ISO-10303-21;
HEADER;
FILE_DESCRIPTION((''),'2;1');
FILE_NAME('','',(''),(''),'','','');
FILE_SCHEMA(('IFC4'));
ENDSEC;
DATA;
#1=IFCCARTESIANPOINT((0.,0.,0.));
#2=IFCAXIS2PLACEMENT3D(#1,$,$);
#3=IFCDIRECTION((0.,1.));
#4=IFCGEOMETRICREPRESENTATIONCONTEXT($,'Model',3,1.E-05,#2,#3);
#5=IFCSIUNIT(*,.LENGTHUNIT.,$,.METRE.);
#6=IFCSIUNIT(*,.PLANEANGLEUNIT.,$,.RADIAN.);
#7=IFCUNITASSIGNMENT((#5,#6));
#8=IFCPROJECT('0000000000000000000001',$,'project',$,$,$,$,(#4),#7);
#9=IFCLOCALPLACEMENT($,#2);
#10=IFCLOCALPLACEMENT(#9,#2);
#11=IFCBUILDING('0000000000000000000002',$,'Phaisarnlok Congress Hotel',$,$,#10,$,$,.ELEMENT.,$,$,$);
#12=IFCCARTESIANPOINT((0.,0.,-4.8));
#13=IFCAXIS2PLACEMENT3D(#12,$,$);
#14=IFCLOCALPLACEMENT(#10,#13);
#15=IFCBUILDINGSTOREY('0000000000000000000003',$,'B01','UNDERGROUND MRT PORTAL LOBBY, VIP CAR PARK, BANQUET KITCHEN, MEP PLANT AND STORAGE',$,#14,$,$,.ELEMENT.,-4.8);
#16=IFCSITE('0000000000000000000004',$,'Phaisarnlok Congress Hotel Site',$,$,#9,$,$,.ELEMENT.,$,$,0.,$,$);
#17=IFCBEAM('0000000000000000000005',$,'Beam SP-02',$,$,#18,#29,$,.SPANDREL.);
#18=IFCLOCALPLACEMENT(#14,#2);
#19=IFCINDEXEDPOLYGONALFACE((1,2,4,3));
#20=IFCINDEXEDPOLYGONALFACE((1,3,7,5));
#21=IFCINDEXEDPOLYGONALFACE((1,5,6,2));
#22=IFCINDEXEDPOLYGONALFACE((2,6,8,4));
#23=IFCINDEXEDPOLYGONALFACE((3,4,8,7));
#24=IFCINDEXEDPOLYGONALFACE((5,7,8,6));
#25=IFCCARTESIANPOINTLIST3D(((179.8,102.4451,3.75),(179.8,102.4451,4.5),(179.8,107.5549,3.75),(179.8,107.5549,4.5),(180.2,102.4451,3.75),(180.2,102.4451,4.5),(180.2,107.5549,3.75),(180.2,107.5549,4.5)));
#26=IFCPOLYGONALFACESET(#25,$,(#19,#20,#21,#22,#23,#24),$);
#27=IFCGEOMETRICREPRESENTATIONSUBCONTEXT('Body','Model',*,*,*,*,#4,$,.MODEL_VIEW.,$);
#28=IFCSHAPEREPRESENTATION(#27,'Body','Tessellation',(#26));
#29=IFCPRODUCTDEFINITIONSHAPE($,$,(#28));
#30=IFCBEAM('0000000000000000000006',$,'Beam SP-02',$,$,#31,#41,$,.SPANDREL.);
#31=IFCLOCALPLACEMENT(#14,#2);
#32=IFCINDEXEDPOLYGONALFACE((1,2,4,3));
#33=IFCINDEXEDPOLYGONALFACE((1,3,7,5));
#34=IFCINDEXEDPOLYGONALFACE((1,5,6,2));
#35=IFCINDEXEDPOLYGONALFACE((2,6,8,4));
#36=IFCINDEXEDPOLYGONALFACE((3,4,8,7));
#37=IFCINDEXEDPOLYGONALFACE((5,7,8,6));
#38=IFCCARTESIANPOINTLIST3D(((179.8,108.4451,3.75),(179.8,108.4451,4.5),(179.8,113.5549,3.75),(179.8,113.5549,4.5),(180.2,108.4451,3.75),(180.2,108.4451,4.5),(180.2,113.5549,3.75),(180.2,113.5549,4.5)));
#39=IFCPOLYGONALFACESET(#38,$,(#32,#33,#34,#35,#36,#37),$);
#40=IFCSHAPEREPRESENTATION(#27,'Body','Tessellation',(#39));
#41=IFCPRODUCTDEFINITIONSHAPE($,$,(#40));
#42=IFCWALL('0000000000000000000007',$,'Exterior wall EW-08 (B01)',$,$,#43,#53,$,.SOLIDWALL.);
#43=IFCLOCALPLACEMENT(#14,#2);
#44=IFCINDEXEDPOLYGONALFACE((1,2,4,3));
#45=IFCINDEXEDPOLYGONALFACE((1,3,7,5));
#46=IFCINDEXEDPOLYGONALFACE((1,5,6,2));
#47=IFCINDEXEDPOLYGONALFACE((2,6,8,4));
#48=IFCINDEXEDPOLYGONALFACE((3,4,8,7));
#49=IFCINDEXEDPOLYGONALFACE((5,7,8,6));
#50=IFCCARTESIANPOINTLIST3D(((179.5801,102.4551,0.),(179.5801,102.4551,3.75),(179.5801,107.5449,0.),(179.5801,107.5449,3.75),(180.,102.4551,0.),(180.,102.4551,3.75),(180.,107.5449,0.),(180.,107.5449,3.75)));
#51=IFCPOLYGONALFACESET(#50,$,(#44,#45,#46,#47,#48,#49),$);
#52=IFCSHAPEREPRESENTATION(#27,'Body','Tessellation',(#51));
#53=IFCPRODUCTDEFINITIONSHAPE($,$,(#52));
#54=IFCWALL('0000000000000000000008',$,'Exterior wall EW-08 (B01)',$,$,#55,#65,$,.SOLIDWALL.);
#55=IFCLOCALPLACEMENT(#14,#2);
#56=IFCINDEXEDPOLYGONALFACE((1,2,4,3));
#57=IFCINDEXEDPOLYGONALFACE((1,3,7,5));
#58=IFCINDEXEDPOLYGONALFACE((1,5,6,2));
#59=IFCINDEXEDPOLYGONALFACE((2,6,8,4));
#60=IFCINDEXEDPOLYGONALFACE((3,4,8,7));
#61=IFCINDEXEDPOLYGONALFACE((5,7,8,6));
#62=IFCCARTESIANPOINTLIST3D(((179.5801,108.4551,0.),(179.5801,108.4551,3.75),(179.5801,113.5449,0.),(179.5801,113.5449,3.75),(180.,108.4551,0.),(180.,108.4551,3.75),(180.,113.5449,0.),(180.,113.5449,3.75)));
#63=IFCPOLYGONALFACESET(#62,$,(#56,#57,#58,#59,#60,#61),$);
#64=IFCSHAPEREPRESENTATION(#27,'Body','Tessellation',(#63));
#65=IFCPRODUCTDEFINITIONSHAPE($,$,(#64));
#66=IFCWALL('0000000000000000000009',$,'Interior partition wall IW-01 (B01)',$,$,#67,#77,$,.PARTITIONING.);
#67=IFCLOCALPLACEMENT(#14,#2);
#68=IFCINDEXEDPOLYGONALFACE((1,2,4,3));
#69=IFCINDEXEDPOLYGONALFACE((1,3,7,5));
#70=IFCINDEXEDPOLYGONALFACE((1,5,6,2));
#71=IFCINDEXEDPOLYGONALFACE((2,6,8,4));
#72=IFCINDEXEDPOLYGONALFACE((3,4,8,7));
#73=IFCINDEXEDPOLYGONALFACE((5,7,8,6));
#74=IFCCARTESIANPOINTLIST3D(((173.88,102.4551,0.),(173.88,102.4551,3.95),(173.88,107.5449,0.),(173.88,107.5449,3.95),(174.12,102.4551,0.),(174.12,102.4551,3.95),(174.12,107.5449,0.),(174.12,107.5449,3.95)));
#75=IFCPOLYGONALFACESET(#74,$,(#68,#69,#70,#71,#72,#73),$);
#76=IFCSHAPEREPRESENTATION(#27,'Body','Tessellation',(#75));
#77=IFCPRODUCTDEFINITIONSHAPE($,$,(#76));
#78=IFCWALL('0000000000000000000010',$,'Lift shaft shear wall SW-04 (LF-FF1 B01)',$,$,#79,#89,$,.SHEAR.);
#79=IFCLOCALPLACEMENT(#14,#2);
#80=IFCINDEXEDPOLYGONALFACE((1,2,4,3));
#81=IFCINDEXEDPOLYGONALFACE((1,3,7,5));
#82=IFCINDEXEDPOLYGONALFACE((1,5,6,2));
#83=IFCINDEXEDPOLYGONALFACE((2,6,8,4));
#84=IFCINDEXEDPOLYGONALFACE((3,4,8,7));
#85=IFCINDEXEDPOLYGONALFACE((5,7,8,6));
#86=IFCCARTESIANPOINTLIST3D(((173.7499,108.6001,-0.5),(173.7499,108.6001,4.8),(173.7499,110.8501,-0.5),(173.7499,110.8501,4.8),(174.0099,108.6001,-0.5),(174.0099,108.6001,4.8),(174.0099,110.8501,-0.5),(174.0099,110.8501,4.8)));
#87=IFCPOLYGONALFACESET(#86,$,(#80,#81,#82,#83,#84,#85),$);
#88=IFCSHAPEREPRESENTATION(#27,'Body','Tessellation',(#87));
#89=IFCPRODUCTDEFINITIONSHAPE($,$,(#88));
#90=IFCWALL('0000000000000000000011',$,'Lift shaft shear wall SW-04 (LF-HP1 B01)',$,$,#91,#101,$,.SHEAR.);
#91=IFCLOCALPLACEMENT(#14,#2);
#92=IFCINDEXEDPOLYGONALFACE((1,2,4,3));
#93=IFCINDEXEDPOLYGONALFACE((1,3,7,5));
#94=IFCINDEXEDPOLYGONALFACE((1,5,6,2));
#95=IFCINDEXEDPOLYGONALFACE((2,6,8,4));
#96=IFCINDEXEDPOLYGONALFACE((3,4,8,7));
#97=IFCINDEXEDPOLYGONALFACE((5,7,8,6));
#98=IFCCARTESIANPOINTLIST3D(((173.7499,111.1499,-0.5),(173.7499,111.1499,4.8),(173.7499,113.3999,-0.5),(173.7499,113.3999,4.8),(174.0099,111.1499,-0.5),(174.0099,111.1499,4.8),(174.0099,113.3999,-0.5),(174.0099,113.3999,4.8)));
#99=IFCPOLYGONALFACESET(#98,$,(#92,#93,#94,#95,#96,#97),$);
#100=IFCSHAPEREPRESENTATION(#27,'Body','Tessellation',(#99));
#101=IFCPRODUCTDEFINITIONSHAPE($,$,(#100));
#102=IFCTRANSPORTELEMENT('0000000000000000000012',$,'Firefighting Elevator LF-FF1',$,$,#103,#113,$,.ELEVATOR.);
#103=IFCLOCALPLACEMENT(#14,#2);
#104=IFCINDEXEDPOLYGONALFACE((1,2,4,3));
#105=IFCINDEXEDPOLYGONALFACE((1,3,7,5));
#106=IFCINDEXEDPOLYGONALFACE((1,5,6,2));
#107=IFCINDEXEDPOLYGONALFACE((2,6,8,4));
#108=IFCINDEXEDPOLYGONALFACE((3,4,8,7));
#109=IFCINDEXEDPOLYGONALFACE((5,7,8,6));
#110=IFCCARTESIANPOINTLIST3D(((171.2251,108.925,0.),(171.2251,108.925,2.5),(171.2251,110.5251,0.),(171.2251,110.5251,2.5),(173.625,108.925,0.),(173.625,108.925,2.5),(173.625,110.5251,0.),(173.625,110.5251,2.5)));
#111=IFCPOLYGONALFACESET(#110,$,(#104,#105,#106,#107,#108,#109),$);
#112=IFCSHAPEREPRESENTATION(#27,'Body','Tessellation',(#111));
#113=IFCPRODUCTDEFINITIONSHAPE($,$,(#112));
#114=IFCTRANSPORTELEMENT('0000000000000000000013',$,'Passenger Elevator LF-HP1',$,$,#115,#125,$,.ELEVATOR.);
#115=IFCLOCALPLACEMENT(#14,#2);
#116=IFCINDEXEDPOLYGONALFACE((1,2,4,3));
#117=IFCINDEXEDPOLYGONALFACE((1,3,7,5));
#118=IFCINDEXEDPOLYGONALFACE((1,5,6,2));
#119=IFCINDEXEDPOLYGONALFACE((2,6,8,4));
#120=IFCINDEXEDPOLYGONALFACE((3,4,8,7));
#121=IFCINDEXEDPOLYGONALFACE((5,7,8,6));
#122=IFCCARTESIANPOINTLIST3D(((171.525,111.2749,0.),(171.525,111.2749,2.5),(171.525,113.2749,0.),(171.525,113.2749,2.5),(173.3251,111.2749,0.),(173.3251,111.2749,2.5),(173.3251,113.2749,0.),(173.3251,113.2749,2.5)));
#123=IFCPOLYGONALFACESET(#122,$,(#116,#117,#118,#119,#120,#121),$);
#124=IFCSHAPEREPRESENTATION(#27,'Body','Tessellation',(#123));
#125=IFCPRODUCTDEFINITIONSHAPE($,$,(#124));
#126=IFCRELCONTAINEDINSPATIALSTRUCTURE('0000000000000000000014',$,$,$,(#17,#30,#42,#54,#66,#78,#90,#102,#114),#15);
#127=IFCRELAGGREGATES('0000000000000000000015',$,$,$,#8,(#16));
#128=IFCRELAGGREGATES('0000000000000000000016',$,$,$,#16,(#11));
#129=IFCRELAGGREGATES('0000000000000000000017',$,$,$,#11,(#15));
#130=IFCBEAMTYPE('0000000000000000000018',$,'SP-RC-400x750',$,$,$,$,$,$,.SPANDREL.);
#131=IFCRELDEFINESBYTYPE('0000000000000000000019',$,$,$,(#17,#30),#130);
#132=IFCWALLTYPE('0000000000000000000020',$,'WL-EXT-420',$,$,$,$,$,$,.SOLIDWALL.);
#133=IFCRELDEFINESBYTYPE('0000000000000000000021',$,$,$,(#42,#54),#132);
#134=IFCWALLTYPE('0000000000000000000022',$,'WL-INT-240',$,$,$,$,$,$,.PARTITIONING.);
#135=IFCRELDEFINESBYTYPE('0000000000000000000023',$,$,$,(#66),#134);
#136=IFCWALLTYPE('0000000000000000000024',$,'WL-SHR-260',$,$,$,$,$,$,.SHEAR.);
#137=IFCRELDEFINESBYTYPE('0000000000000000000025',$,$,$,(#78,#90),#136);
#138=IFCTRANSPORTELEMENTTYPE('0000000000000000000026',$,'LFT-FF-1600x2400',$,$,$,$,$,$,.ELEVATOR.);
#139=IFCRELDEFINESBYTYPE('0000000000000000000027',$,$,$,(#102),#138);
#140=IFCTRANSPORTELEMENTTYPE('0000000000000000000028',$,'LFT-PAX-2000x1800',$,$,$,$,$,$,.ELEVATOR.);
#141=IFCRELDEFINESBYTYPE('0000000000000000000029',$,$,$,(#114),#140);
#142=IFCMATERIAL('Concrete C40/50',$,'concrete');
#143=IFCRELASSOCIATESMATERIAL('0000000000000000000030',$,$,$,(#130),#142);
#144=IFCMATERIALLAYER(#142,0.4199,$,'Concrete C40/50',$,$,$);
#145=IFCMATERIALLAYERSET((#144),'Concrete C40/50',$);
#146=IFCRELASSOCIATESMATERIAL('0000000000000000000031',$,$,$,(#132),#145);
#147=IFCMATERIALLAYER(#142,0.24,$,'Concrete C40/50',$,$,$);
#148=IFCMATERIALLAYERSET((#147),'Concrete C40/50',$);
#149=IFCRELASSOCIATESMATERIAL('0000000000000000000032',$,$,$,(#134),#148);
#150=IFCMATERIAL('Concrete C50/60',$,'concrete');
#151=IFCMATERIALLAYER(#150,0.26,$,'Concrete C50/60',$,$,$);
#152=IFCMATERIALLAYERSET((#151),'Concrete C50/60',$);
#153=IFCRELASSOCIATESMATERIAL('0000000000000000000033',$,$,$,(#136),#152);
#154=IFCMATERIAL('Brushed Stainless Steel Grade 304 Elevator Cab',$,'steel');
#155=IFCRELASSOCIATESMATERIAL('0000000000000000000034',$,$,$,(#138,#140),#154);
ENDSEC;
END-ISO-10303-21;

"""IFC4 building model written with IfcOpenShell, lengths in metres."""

from ifc_helpers import new_model, si_unit, direction, frame, frame_2d, origin, origin_2d, place, context, subcontext, project, spatial, rectangle, extrude, material, layer, layer_set, material_profile, profile_set, type_object, element, save


model = new_model("IFC4")

# Units and contexts
model_context = context("Model", 3, precision=1e-05, world=origin(), true_north=direction((0.0, 1.0)))
body_context = subcontext(model_context, "Body", "Model", "MODEL_VIEW")
ifc_project = project(units=[si_unit("LENGTHUNIT", "METRE"), si_unit("PLANEANGLEUNIT", "RADIAN")], contexts=[model_context])

# Site, building, storey
site_placement = place(None, origin())
site = spatial("IfcSite", under=ifc_project, at=site_placement, Name="Phaisarnlok Congress Hotel Site", CompositionType="ELEMENT", RefElevation=0.0)
building_placement = place(site_placement, origin())
building = spatial("IfcBuilding", under=site, at=building_placement, Name="Phaisarnlok Congress Hotel", CompositionType="ELEMENT")
storey_placement = place(building_placement, frame((0.0, 0.0, -4.8)))
storey = spatial("IfcBuildingStorey", under=building, at=storey_placement, Name="B01", Description="UNDERGROUND MRT PORTAL LOBBY, VIP CAR PARK, BANQUET KITCHEN, MEP PLANT AND STORAGE", CompositionType="ELEMENT", Elevation=-4.8)

# Shared definitions
ifc_material_1 = material(Name="Concrete C40/50", Category="concrete")

# Shared definitions
ifc_material_2 = material(Name="Concrete C50/60", Category="concrete")

# Beams
ifc_material_profile_1 = material_profile(ifc_material_1, rectangle(XDim=0.3999, YDim=0.75, at=origin_2d()), Name="RC 400x750")
ifc_profile_set_1 = profile_set([ifc_material_profile_1], Name="Concrete C40/50")
beam_type_1 = type_object("IfcBeamType", Name="SP-RC-400x750", PredefinedType="SPANDREL", material=ifc_profile_set_1)
for number, where, z_axis, x_axis, name in (
    (1, (180.0, 102.4451, 4.125), (0.0, 1.0, 0.0), (-1.0, 0.0, 0.0), "Beam SP-02"),
    (2, (180.0, 108.4451, 4.125), (0.0, 1.0, 0.0), (-1.0, 0.0, 0.0), "Beam SP-02"),
):
    element("IfcBeam", number, at=place(storey_placement, frame(where, z_axis=z_axis, x_axis=x_axis)), inside=storey, type_object=beam_type_1, Name=name, PredefinedType="SPANDREL", context=body_context, shape_type="SweptSolid", body=[
        extrude(rectangle(XDim=0.3999, YDim=0.75, at=origin_2d()), origin(), (0.0, 0.0, 1.0), 5.1099),
    ])

# Walls
ifc_layer_1 = layer(ifc_material_1, 0.4199, Name="Concrete C40/50")
ifc_layer_set_1 = layer_set([ifc_layer_1], Name="Concrete C40/50")
wall_type_1 = type_object("IfcWallType", Name="WL-EXT-420", PredefinedType="SOLIDWALL", material=ifc_layer_set_1)
for number, where, z_axis, x_axis, name in (
    (3, (179.79, 102.4551, 0.0), (0.0, 0.0, 1.0), (0.0, 1.0, 0.0), "Exterior wall EW-08 (B01)"),
    (4, (179.79, 108.4551, 0.0), (0.0, 0.0, 1.0), (0.0, 1.0, 0.0), "Exterior wall EW-08 (B01)"),
):
    element("IfcWall", number, at=place(storey_placement, frame(where, z_axis=z_axis, x_axis=x_axis)), inside=storey, type_object=wall_type_1, Name=name, PredefinedType="SOLIDWALL", context=body_context, shape_type="SweptSolid", body=[
        extrude(rectangle(XDim=5.0898, YDim=0.4199, at=frame_2d((2.5449, 0.0))), origin(), (0.0, 0.0, 1.0), 3.75),
    ])
ifc_layer_2 = layer(ifc_material_1, 0.24, Name="Concrete C40/50")
ifc_layer_set_2 = layer_set([ifc_layer_2], Name="Concrete C40/50")
wall_type_2 = type_object("IfcWallType", Name="WL-INT-240", PredefinedType="PARTITIONING", material=ifc_layer_set_2)
wall_placement = place(storey_placement, frame((174.0, 102.4551, 0.0), z_axis=(0.0, 0.0, 1.0), x_axis=(0.0, 1.0, 0.0)))
element("IfcWall", 5, at=wall_placement, inside=storey, type_object=wall_type_2, Name="Interior partition wall IW-01 (B01)", PredefinedType="PARTITIONING", context=body_context, shape_type="SweptSolid", body=[
    extrude(rectangle(XDim=5.0898, YDim=0.24, at=frame_2d((2.5449, 0.0))), origin(), (0.0, 0.0, 1.0), 3.95),
])
ifc_layer_3 = layer(ifc_material_2, 0.26, Name="Concrete C50/60")
ifc_layer_set_3 = layer_set([ifc_layer_3], Name="Concrete C50/60")
wall_type_3 = type_object("IfcWallType", Name="WL-SHR-260", PredefinedType="SHEAR", material=ifc_layer_set_3)
for number, where, z_axis, x_axis, name in (
    (6, (173.8799, 108.6001, -0.5), (0.0, 0.0, 1.0), (0.0, 1.0, 0.0), "Lift shaft shear wall SW-04 (LF-FF1 B01)"),
    (7, (173.8799, 111.1499, -0.5), (0.0, 0.0, 1.0), (0.0, 1.0, 0.0), "Lift shaft shear wall SW-04 (LF-HP1 B01)"),
):
    element("IfcWall", number, at=place(storey_placement, frame(where, z_axis=z_axis, x_axis=x_axis)), inside=storey, type_object=wall_type_3, Name=name, PredefinedType="SHEAR", context=body_context, shape_type="SweptSolid", body=[
        extrude(rectangle(XDim=2.25, YDim=0.26, at=frame_2d((1.125, 0.0))), origin(), (0.0, 0.0, 1.0), 5.3),
    ])

# Transport elements
ifc_material_3 = material(Name="Brushed Stainless Steel Grade 304 Elevator Cab", Category="steel")
transport_element_type_1 = type_object("IfcTransportElementType", Name="LFT-FF-1600x2400", PredefinedType="ELEVATOR", material=ifc_material_3)
transport_element_1_placement = place(storey_placement, frame((172.425, 109.7251, 0.0), z_axis=(0.0, 0.0, 1.0), x_axis=(1.0, 0.0, 0.0)))
element("IfcTransportElement", 8, at=transport_element_1_placement, inside=storey, type_object=transport_element_type_1, Name="Firefighting Elevator LF-FF1", PredefinedType="ELEVATOR", context=body_context, shape_type="SweptSolid", body=[
    extrude(rectangle(XDim=2.3999, YDim=1.6001, at=origin_2d()), origin(), (0.0, 0.0, 1.0), 2.5),
])
transport_element_type_2 = type_object("IfcTransportElementType", Name="LFT-PAX-2000x1800", PredefinedType="ELEVATOR", material=ifc_material_3)
transport_element_2_placement = place(storey_placement, frame((172.425, 112.2749, 0.0), z_axis=(0.0, 0.0, 1.0), x_axis=(1.0, 0.0, 0.0)))
element("IfcTransportElement", 9, at=transport_element_2_placement, inside=storey, type_object=transport_element_type_2, Name="Passenger Elevator LF-HP1", PredefinedType="ELEVATOR", context=body_context, shape_type="SweptSolid", body=[
    extrude(rectangle(XDim=1.8, YDim=2.0, at=origin_2d()), origin(), (0.0, 0.0, 1.0), 2.5),
])

save(model, "model.ifc")
